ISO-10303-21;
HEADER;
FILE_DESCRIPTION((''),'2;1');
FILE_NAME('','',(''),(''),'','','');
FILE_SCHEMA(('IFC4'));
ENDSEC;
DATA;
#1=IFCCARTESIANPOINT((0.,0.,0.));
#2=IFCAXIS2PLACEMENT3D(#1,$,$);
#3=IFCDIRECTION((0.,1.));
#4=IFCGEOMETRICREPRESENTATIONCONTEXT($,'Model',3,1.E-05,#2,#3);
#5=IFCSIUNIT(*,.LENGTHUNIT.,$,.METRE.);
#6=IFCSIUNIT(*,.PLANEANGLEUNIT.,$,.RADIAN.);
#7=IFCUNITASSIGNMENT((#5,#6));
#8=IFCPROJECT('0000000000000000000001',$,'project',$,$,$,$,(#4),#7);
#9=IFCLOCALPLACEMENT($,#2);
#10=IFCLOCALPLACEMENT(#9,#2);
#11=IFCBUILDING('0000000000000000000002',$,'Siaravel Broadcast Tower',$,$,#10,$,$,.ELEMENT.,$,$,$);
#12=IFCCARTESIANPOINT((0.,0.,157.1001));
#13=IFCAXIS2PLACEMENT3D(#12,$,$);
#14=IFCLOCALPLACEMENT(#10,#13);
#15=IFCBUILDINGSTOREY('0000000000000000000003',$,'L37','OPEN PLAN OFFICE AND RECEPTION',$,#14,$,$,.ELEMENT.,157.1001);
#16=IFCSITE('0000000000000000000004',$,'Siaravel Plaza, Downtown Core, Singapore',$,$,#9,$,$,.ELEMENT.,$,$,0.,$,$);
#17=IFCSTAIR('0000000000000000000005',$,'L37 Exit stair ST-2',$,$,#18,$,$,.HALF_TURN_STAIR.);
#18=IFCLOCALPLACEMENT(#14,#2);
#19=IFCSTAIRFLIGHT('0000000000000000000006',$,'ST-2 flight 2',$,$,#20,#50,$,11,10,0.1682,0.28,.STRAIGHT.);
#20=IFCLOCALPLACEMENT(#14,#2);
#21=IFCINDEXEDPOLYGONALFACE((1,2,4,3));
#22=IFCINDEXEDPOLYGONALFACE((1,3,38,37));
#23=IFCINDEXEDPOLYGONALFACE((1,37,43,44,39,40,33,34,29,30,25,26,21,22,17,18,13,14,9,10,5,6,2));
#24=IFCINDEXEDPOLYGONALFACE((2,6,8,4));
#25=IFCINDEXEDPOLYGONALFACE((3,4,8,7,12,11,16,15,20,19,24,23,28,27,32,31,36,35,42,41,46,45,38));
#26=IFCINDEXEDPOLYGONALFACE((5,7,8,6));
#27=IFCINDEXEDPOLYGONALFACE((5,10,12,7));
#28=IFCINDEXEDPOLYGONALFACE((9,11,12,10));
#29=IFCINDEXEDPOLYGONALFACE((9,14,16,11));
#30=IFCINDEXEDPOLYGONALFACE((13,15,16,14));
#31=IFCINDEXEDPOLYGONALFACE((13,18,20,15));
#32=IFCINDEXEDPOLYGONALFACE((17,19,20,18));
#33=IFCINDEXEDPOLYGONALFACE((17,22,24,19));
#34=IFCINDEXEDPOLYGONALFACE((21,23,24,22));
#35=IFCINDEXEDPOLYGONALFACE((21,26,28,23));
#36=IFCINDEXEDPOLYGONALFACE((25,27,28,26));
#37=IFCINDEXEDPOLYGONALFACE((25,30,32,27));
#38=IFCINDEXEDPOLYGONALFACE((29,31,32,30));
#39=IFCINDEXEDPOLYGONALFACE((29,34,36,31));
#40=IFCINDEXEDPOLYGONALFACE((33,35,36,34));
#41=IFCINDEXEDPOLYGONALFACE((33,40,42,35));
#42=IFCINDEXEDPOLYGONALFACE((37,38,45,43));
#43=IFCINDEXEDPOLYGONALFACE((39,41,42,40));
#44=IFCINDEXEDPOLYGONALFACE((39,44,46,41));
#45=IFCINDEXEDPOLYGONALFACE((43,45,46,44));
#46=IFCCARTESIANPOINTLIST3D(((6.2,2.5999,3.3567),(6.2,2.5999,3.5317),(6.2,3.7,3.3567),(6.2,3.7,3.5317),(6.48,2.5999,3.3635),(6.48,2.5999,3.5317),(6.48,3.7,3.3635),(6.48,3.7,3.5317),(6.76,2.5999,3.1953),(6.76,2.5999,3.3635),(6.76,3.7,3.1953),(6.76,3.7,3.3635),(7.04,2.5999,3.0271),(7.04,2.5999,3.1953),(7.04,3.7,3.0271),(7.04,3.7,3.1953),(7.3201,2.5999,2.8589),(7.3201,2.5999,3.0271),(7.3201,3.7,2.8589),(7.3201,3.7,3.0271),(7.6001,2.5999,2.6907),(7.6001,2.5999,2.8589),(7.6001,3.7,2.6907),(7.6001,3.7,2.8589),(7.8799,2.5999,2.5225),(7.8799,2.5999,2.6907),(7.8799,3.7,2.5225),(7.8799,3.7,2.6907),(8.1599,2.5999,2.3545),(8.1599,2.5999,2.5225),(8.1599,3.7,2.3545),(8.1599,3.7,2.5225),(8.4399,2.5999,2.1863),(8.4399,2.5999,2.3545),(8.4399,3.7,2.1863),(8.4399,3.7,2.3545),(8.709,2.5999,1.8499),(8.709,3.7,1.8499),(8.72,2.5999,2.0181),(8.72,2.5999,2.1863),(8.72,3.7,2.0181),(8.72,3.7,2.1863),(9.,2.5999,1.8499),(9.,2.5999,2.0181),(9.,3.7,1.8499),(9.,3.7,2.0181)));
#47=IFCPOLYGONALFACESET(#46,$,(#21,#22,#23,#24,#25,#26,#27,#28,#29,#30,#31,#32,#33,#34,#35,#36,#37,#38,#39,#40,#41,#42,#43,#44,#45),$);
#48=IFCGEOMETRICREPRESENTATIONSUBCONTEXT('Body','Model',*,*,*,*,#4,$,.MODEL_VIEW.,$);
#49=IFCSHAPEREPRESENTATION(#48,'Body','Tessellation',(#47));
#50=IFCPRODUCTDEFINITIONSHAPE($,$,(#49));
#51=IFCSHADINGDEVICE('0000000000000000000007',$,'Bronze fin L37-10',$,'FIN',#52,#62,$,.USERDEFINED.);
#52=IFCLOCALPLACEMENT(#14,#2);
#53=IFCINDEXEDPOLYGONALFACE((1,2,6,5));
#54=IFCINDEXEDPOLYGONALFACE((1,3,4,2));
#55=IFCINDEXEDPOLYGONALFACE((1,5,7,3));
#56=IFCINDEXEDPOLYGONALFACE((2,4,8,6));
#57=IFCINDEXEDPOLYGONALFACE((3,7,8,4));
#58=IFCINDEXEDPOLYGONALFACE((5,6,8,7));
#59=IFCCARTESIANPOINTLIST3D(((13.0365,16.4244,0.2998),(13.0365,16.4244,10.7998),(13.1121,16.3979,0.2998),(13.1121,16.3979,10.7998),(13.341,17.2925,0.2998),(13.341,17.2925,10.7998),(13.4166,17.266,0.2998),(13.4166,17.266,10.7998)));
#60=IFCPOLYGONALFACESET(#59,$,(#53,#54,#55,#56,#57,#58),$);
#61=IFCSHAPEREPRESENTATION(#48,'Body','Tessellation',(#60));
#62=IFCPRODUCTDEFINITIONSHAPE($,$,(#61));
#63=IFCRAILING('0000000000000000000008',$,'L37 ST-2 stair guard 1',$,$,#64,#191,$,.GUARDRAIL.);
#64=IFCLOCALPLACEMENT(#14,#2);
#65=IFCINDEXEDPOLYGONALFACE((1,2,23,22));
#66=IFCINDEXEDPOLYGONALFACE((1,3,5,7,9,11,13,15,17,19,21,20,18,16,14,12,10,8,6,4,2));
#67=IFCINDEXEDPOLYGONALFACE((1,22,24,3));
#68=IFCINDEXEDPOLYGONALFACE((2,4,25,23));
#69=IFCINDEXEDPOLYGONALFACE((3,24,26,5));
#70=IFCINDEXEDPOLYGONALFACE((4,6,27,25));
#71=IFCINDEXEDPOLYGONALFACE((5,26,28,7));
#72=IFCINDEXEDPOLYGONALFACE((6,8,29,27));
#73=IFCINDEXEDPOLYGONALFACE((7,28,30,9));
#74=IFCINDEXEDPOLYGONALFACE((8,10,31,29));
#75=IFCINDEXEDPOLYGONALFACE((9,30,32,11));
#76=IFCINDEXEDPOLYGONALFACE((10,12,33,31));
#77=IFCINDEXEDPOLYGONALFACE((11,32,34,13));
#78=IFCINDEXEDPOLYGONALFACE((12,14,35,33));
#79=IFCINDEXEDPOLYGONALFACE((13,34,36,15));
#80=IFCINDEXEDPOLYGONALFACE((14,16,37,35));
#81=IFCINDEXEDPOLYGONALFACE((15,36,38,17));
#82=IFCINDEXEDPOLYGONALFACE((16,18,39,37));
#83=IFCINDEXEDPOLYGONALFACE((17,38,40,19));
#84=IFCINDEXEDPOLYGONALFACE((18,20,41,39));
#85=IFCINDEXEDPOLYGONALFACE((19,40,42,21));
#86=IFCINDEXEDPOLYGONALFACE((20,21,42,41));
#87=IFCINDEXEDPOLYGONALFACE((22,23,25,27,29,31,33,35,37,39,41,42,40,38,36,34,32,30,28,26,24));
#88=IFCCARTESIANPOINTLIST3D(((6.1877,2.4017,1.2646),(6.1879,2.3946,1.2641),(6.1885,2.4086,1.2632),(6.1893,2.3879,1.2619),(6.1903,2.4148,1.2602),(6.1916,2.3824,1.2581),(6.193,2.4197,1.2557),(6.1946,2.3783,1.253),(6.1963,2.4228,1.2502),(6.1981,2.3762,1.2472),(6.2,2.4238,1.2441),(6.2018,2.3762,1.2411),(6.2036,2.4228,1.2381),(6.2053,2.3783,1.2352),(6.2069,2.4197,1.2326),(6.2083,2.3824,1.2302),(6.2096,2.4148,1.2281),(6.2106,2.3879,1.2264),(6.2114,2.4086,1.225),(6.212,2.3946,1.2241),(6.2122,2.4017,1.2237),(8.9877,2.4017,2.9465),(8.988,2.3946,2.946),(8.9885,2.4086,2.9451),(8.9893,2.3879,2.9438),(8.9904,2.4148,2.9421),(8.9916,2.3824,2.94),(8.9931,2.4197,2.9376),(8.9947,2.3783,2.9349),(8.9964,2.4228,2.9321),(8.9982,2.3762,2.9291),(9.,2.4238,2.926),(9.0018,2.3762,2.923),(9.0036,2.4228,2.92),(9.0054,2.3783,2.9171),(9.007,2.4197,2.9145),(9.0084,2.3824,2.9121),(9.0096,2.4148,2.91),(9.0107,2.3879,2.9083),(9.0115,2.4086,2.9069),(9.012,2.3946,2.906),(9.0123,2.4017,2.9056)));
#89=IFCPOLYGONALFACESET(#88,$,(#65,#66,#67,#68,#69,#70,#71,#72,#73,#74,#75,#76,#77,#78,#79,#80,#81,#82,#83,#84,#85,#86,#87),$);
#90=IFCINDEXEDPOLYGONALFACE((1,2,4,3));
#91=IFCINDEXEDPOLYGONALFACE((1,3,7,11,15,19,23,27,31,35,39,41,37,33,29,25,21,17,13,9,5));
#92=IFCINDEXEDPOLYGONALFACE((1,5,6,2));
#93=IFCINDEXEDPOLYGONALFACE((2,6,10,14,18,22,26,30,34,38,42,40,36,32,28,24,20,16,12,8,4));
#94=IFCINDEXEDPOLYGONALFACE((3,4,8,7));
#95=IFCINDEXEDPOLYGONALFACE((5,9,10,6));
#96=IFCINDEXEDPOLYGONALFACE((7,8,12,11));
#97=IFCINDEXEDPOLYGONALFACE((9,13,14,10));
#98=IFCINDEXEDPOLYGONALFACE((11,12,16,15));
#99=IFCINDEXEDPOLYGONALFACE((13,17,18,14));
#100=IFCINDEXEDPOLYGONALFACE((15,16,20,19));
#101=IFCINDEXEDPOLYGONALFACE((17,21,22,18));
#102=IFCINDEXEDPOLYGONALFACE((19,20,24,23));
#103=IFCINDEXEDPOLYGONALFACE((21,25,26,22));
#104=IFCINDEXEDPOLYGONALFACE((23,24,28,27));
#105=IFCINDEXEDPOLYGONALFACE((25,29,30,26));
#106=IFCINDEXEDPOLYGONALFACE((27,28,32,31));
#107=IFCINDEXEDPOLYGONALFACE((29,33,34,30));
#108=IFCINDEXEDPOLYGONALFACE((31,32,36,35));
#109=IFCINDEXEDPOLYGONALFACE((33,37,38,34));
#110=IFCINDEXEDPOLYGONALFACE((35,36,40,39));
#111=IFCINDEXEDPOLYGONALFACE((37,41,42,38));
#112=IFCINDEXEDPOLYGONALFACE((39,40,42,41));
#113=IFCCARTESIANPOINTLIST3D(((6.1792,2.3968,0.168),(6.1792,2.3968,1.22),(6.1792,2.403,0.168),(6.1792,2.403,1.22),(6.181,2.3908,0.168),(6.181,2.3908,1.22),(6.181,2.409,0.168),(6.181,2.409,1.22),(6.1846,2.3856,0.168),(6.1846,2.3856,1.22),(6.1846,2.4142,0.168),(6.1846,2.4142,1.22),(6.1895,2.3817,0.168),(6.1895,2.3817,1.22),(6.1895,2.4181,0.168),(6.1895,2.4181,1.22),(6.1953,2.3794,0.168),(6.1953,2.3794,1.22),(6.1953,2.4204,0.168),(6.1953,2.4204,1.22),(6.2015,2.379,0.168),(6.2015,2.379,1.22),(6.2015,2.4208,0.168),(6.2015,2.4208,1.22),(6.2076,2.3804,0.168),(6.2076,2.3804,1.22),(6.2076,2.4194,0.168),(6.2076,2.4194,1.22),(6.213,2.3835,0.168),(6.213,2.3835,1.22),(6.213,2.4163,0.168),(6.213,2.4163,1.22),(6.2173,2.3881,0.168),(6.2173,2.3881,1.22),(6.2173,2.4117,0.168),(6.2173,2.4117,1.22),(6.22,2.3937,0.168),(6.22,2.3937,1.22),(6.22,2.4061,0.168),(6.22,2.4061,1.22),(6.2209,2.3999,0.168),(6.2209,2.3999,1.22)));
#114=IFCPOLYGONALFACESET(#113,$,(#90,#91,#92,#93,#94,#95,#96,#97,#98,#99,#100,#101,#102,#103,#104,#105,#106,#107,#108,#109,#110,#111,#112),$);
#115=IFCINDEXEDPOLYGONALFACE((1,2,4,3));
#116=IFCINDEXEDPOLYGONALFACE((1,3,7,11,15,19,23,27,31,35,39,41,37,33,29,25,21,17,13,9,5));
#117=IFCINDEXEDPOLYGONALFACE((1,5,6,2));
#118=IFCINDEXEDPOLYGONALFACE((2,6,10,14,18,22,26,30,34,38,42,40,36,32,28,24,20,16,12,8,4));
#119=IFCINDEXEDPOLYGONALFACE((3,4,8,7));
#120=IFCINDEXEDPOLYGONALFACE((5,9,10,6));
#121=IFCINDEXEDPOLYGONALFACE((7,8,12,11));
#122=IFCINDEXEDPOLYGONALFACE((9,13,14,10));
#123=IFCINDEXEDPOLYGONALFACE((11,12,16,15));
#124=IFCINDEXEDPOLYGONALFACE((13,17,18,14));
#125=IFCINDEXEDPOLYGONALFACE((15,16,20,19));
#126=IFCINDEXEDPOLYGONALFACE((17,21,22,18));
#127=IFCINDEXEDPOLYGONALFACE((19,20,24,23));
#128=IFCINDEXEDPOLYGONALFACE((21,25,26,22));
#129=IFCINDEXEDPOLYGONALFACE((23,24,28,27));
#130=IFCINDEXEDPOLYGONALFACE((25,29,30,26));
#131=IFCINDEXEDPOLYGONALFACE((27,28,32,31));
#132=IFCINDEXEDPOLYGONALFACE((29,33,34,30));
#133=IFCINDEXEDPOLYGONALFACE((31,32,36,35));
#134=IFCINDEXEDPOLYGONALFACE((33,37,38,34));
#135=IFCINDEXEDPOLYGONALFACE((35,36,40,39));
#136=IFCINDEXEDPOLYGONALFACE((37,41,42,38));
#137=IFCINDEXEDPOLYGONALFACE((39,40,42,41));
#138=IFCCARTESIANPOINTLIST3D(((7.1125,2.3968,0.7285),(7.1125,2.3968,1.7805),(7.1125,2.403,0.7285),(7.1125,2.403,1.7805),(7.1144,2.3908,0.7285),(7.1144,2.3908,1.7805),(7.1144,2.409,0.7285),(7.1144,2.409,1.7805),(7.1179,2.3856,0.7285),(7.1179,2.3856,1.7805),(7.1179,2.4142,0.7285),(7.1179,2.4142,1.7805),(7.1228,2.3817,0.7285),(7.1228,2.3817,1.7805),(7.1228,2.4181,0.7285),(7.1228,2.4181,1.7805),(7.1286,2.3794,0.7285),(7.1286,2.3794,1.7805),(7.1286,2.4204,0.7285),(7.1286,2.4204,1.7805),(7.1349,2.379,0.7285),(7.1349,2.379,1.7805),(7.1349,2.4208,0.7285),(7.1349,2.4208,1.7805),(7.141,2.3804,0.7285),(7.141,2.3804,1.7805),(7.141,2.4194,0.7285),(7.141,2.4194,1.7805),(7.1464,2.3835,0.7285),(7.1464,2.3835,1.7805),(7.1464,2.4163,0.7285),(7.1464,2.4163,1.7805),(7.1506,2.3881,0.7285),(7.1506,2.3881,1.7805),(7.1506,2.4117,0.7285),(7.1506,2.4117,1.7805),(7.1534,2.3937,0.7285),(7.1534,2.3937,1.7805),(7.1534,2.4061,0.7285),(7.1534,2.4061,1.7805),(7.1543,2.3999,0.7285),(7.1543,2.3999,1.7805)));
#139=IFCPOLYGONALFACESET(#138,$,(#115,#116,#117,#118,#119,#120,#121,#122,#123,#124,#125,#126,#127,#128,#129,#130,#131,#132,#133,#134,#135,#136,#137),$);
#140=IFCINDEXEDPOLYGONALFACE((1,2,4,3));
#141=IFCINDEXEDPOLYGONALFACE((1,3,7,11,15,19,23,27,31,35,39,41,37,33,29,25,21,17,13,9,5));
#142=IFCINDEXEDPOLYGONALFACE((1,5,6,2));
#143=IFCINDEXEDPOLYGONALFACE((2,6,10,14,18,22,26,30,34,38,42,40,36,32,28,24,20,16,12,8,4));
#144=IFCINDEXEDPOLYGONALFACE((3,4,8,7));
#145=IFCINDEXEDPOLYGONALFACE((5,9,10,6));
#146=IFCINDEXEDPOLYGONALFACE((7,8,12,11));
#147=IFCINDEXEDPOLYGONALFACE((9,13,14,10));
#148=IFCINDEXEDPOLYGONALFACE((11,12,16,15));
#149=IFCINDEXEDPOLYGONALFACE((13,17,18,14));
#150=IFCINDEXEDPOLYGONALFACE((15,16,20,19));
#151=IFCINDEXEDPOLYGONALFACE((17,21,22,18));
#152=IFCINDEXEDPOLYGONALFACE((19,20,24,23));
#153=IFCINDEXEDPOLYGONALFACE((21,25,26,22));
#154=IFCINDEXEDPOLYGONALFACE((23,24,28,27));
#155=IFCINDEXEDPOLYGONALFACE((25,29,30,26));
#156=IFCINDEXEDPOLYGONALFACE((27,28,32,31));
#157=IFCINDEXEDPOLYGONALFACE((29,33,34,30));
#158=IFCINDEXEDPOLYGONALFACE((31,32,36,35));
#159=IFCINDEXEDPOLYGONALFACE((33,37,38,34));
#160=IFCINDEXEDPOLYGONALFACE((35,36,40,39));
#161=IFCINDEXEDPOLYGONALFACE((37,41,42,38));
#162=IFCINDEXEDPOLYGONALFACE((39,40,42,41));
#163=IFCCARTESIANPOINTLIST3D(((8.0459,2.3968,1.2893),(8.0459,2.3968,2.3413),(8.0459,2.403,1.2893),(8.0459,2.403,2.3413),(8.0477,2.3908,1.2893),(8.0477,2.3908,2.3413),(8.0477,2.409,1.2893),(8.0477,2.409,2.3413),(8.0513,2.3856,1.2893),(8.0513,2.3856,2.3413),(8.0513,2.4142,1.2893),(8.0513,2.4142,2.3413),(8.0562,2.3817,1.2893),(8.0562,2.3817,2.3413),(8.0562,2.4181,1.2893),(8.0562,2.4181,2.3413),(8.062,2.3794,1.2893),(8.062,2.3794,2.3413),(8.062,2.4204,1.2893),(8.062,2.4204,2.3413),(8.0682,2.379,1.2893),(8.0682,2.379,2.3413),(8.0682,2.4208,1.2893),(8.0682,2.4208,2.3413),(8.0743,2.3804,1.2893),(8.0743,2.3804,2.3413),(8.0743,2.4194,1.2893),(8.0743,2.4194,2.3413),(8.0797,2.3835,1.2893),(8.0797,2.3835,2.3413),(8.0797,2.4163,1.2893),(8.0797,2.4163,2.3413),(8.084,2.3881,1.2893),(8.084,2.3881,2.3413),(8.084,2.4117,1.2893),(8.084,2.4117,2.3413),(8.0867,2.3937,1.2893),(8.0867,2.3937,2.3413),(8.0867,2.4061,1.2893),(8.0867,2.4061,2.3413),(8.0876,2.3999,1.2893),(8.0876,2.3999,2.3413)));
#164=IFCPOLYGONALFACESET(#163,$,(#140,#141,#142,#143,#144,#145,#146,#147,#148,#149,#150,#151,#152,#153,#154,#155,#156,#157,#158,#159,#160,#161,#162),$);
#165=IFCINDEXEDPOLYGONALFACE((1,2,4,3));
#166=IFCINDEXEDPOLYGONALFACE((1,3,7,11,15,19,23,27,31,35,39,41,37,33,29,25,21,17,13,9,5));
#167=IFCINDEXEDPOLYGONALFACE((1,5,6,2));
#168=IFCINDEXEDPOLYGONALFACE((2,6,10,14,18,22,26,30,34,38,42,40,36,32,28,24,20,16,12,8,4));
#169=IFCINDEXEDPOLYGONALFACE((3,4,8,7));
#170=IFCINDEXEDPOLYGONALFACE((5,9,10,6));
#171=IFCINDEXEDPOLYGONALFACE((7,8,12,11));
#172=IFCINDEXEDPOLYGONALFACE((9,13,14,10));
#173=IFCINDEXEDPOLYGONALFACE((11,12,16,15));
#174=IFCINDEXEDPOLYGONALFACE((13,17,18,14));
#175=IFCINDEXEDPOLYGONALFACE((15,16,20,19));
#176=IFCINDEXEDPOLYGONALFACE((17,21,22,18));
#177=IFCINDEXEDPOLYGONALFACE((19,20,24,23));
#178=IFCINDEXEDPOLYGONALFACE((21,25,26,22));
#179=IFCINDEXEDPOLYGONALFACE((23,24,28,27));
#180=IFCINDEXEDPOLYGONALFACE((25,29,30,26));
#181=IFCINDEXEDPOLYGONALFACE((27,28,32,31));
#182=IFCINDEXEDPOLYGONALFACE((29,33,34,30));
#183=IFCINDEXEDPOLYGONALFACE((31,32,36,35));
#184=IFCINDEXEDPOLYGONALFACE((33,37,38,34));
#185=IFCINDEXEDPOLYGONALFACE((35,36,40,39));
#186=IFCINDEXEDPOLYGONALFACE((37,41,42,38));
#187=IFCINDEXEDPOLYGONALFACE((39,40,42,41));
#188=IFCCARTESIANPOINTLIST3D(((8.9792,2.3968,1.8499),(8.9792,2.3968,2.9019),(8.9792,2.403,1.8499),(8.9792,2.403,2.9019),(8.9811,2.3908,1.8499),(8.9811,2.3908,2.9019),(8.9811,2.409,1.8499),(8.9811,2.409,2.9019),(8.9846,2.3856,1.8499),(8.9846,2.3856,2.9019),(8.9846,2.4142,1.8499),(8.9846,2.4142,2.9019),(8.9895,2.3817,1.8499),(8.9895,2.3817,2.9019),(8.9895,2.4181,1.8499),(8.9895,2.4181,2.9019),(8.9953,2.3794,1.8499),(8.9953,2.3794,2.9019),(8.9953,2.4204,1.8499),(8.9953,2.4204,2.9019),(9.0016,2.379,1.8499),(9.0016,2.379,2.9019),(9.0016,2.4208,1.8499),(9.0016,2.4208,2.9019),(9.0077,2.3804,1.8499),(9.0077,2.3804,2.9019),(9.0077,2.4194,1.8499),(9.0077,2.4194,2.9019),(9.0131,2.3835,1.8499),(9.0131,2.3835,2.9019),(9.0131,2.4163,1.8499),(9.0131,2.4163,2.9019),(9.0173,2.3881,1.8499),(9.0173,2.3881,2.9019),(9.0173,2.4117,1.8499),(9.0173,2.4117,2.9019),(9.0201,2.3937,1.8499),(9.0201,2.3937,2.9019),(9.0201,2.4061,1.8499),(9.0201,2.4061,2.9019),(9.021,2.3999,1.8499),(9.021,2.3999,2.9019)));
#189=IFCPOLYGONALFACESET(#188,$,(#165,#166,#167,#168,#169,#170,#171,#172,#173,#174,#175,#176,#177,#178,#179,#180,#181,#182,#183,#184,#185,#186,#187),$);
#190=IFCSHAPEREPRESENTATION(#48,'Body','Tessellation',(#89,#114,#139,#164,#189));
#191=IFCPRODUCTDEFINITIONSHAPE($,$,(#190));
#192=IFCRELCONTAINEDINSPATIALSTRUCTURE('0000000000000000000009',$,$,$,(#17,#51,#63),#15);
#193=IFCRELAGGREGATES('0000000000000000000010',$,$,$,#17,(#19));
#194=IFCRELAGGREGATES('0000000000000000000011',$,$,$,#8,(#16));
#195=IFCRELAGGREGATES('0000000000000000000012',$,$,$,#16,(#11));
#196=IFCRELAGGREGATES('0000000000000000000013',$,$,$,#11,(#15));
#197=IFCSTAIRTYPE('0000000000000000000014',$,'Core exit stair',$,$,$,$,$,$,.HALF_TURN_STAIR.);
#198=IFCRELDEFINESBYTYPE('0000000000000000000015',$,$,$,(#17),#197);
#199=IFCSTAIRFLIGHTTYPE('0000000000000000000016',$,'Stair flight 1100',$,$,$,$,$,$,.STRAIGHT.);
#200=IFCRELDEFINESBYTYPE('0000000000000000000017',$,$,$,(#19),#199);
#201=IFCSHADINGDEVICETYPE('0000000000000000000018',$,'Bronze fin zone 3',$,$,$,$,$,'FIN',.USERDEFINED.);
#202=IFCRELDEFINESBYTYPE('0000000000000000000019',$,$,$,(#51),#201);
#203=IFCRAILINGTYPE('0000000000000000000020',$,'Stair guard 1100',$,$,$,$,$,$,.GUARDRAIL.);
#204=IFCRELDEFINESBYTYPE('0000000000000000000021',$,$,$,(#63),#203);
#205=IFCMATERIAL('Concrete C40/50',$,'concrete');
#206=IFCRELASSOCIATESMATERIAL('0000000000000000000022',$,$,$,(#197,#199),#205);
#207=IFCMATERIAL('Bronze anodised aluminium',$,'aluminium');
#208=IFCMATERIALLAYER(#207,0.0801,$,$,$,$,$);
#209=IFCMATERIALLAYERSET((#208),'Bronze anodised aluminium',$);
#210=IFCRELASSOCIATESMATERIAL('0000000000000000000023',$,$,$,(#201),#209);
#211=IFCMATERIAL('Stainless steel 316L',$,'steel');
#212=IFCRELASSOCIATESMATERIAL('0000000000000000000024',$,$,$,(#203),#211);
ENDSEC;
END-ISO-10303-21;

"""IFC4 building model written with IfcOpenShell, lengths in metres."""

from ifc_helpers import new_model, si_unit, direction, frame, origin, origin_2d, place, context, subcontext, project, spatial, polyline, rectangle, circle, outline, extrude, material, layer, layer_set, type_object, element, aggregate, save


model = new_model("IFC4")

# Units and contexts
model_context = context("Model", 3, precision=1e-05, world=origin(), true_north=direction((0.0, 1.0)))
body_context = subcontext(model_context, "Body", "Model", "MODEL_VIEW")
ifc_project = project(units=[si_unit("LENGTHUNIT", "METRE"), si_unit("PLANEANGLEUNIT", "RADIAN")], contexts=[model_context])

# Site, building, storey
site_placement = place(None, origin())
site = spatial("IfcSite", under=ifc_project, at=site_placement, Name="Siaravel Plaza, Downtown Core, Singapore", CompositionType="ELEMENT", RefElevation=0.0)
building_placement = place(site_placement, origin())
building = spatial("IfcBuilding", under=site, at=building_placement, Name="Siaravel Broadcast Tower", CompositionType="ELEMENT")
storey_placement = place(building_placement, frame((0.0, 0.0, 157.1001)))
storey = spatial("IfcBuildingStorey", under=building, at=storey_placement, Name="L37", Description="OPEN PLAN OFFICE AND RECEPTION", CompositionType="ELEMENT", Elevation=157.1001)

# Stair, stair flight
ifc_material_1 = material(Name="Concrete C40/50", Category="concrete")
stair_type = type_object("IfcStairType", Name="Core exit stair", PredefinedType="HALF_TURN_STAIR", material=ifc_material_1)
stair_placement = place(storey_placement, origin())
stair = element("IfcStair", 1, at=stair_placement, inside=storey, type_object=stair_type, Name="L37 Exit stair ST-2", PredefinedType="HALF_TURN_STAIR")
stair_flight_type = type_object("IfcStairFlightType", Name="Stair flight 1100", PredefinedType="STRAIGHT", material=ifc_material_1)
stair_flight_1_placement = place(storey_placement, frame((9.0, 3.1499, 1.8499), z_axis=(0.0, 0.0, 1.0), x_axis=(-1.0, 0.0, 0.0)))
stair_flight_1 = element("IfcStairFlight", 2, at=stair_flight_1_placement, type_object=stair_flight_type, Name="ST-2 flight 2", NumberOfRisers=11, NumberOfTreads=10, PredefinedType="STRAIGHT", RiserHeight=0.1682, TreadLength=0.28, context=body_context, shape_type="SweptSolid", body=[
    extrude(outline(polyline([(0.0, 0.0), (0.0, 0.1682), (0.28, 0.1682), (0.28, 0.3364), (0.5601, 0.3364), (0.5601, 0.5046), (0.8401, 0.5046), (0.8401, 0.6726), (1.1201, 0.6726), (1.1201, 0.8408), (1.3999, 0.8408), (1.3999, 1.009), (1.6799, 1.009), (1.6799, 1.1772), (1.96, 1.1772), (1.96, 1.3455), (2.24, 1.3455), (2.24, 1.5137), (2.52, 1.5137), (2.52, 1.6819), (2.8, 1.6819), (2.8, 1.8501), (2.8, 1.5068), (0.291, 0.0), (0.0, 0.0)])), frame((0.0, 0.55, 0.0), z_axis=(0.0, -1.0, 0.0), x_axis=(1.0, 0.0, 0.0)), (0.0, 0.0, 1.0), 1.1001),
])
aggregate(stair, [stair_flight_1])

# Shading device
ifc_material_2 = material(Name="Bronze anodised aluminium", Category="aluminium")
ifc_layer_1 = layer(ifc_material_2, 0.0801)
ifc_layer_set_1 = layer_set([ifc_layer_1], Name="Bronze anodised aluminium")
shading_device_type = type_object("IfcShadingDeviceType", Name="Bronze fin zone 3", ElementType="FIN", PredefinedType="USERDEFINED", material=ifc_layer_set_1)
shading_device_placement = place(storey_placement, frame((13.2266, 16.8452, 0.2998), z_axis=(0.0, 0.0, 1.0), x_axis=(0.331037, 0.943618, 0.0)))
element("IfcShadingDevice", 3, at=shading_device_placement, inside=storey, type_object=shading_device_type, Name="Bronze fin L37-10", ObjectType="FIN", PredefinedType="USERDEFINED", context=body_context, shape_type="SweptSolid", body=[
    extrude(rectangle(XDim=0.9199, YDim=0.0801, at=origin_2d()), origin(), (0.0, 0.0, 1.0), 10.5),
])

# Railing
ifc_material_3 = material(Name="Stainless steel 316L", Category="steel")
railing_type_1 = type_object("IfcRailingType", Name="Stair guard 1100", PredefinedType="GUARDRAIL", material=ifc_material_3)
railing_1_placement = place(storey_placement, frame((6.2, 2.3999, 0.168)))
element("IfcRailing", 4, at=railing_1_placement, inside=storey, type_object=railing_type_1, Name="L37 ST-2 stair guard 1", PredefinedType="GUARDRAIL", context=body_context, shape_type="SweptSolid", body=[
    extrude(circle(Radius=0.0239, at=origin_2d()), frame((0.0, 0.0, 1.0762), z_axis=(0.857242, 0.0, 0.514913), x_axis=(0.0, 1.0, 0.0)), (0.0, 0.0, 1.0), 3.2664),
    extrude(circle(Radius=0.021, at=origin_2d()), origin(), (0.0, 0.0, 1.0), 1.052),
    extrude(circle(Radius=0.021, at=origin_2d()), frame((0.9333, 0.0, 0.5605)), (0.0, 0.0, 1.0), 1.052),
    extrude(circle(Radius=0.021, at=origin_2d()), frame((1.8667, 0.0, 1.1213)), (0.0, 0.0, 1.0), 1.052),
    extrude(circle(Radius=0.021, at=origin_2d()), frame((2.8, 0.0, 1.6819)), (0.0, 0.0, 1.0), 1.052),
])

save(model, "model.ifc")
